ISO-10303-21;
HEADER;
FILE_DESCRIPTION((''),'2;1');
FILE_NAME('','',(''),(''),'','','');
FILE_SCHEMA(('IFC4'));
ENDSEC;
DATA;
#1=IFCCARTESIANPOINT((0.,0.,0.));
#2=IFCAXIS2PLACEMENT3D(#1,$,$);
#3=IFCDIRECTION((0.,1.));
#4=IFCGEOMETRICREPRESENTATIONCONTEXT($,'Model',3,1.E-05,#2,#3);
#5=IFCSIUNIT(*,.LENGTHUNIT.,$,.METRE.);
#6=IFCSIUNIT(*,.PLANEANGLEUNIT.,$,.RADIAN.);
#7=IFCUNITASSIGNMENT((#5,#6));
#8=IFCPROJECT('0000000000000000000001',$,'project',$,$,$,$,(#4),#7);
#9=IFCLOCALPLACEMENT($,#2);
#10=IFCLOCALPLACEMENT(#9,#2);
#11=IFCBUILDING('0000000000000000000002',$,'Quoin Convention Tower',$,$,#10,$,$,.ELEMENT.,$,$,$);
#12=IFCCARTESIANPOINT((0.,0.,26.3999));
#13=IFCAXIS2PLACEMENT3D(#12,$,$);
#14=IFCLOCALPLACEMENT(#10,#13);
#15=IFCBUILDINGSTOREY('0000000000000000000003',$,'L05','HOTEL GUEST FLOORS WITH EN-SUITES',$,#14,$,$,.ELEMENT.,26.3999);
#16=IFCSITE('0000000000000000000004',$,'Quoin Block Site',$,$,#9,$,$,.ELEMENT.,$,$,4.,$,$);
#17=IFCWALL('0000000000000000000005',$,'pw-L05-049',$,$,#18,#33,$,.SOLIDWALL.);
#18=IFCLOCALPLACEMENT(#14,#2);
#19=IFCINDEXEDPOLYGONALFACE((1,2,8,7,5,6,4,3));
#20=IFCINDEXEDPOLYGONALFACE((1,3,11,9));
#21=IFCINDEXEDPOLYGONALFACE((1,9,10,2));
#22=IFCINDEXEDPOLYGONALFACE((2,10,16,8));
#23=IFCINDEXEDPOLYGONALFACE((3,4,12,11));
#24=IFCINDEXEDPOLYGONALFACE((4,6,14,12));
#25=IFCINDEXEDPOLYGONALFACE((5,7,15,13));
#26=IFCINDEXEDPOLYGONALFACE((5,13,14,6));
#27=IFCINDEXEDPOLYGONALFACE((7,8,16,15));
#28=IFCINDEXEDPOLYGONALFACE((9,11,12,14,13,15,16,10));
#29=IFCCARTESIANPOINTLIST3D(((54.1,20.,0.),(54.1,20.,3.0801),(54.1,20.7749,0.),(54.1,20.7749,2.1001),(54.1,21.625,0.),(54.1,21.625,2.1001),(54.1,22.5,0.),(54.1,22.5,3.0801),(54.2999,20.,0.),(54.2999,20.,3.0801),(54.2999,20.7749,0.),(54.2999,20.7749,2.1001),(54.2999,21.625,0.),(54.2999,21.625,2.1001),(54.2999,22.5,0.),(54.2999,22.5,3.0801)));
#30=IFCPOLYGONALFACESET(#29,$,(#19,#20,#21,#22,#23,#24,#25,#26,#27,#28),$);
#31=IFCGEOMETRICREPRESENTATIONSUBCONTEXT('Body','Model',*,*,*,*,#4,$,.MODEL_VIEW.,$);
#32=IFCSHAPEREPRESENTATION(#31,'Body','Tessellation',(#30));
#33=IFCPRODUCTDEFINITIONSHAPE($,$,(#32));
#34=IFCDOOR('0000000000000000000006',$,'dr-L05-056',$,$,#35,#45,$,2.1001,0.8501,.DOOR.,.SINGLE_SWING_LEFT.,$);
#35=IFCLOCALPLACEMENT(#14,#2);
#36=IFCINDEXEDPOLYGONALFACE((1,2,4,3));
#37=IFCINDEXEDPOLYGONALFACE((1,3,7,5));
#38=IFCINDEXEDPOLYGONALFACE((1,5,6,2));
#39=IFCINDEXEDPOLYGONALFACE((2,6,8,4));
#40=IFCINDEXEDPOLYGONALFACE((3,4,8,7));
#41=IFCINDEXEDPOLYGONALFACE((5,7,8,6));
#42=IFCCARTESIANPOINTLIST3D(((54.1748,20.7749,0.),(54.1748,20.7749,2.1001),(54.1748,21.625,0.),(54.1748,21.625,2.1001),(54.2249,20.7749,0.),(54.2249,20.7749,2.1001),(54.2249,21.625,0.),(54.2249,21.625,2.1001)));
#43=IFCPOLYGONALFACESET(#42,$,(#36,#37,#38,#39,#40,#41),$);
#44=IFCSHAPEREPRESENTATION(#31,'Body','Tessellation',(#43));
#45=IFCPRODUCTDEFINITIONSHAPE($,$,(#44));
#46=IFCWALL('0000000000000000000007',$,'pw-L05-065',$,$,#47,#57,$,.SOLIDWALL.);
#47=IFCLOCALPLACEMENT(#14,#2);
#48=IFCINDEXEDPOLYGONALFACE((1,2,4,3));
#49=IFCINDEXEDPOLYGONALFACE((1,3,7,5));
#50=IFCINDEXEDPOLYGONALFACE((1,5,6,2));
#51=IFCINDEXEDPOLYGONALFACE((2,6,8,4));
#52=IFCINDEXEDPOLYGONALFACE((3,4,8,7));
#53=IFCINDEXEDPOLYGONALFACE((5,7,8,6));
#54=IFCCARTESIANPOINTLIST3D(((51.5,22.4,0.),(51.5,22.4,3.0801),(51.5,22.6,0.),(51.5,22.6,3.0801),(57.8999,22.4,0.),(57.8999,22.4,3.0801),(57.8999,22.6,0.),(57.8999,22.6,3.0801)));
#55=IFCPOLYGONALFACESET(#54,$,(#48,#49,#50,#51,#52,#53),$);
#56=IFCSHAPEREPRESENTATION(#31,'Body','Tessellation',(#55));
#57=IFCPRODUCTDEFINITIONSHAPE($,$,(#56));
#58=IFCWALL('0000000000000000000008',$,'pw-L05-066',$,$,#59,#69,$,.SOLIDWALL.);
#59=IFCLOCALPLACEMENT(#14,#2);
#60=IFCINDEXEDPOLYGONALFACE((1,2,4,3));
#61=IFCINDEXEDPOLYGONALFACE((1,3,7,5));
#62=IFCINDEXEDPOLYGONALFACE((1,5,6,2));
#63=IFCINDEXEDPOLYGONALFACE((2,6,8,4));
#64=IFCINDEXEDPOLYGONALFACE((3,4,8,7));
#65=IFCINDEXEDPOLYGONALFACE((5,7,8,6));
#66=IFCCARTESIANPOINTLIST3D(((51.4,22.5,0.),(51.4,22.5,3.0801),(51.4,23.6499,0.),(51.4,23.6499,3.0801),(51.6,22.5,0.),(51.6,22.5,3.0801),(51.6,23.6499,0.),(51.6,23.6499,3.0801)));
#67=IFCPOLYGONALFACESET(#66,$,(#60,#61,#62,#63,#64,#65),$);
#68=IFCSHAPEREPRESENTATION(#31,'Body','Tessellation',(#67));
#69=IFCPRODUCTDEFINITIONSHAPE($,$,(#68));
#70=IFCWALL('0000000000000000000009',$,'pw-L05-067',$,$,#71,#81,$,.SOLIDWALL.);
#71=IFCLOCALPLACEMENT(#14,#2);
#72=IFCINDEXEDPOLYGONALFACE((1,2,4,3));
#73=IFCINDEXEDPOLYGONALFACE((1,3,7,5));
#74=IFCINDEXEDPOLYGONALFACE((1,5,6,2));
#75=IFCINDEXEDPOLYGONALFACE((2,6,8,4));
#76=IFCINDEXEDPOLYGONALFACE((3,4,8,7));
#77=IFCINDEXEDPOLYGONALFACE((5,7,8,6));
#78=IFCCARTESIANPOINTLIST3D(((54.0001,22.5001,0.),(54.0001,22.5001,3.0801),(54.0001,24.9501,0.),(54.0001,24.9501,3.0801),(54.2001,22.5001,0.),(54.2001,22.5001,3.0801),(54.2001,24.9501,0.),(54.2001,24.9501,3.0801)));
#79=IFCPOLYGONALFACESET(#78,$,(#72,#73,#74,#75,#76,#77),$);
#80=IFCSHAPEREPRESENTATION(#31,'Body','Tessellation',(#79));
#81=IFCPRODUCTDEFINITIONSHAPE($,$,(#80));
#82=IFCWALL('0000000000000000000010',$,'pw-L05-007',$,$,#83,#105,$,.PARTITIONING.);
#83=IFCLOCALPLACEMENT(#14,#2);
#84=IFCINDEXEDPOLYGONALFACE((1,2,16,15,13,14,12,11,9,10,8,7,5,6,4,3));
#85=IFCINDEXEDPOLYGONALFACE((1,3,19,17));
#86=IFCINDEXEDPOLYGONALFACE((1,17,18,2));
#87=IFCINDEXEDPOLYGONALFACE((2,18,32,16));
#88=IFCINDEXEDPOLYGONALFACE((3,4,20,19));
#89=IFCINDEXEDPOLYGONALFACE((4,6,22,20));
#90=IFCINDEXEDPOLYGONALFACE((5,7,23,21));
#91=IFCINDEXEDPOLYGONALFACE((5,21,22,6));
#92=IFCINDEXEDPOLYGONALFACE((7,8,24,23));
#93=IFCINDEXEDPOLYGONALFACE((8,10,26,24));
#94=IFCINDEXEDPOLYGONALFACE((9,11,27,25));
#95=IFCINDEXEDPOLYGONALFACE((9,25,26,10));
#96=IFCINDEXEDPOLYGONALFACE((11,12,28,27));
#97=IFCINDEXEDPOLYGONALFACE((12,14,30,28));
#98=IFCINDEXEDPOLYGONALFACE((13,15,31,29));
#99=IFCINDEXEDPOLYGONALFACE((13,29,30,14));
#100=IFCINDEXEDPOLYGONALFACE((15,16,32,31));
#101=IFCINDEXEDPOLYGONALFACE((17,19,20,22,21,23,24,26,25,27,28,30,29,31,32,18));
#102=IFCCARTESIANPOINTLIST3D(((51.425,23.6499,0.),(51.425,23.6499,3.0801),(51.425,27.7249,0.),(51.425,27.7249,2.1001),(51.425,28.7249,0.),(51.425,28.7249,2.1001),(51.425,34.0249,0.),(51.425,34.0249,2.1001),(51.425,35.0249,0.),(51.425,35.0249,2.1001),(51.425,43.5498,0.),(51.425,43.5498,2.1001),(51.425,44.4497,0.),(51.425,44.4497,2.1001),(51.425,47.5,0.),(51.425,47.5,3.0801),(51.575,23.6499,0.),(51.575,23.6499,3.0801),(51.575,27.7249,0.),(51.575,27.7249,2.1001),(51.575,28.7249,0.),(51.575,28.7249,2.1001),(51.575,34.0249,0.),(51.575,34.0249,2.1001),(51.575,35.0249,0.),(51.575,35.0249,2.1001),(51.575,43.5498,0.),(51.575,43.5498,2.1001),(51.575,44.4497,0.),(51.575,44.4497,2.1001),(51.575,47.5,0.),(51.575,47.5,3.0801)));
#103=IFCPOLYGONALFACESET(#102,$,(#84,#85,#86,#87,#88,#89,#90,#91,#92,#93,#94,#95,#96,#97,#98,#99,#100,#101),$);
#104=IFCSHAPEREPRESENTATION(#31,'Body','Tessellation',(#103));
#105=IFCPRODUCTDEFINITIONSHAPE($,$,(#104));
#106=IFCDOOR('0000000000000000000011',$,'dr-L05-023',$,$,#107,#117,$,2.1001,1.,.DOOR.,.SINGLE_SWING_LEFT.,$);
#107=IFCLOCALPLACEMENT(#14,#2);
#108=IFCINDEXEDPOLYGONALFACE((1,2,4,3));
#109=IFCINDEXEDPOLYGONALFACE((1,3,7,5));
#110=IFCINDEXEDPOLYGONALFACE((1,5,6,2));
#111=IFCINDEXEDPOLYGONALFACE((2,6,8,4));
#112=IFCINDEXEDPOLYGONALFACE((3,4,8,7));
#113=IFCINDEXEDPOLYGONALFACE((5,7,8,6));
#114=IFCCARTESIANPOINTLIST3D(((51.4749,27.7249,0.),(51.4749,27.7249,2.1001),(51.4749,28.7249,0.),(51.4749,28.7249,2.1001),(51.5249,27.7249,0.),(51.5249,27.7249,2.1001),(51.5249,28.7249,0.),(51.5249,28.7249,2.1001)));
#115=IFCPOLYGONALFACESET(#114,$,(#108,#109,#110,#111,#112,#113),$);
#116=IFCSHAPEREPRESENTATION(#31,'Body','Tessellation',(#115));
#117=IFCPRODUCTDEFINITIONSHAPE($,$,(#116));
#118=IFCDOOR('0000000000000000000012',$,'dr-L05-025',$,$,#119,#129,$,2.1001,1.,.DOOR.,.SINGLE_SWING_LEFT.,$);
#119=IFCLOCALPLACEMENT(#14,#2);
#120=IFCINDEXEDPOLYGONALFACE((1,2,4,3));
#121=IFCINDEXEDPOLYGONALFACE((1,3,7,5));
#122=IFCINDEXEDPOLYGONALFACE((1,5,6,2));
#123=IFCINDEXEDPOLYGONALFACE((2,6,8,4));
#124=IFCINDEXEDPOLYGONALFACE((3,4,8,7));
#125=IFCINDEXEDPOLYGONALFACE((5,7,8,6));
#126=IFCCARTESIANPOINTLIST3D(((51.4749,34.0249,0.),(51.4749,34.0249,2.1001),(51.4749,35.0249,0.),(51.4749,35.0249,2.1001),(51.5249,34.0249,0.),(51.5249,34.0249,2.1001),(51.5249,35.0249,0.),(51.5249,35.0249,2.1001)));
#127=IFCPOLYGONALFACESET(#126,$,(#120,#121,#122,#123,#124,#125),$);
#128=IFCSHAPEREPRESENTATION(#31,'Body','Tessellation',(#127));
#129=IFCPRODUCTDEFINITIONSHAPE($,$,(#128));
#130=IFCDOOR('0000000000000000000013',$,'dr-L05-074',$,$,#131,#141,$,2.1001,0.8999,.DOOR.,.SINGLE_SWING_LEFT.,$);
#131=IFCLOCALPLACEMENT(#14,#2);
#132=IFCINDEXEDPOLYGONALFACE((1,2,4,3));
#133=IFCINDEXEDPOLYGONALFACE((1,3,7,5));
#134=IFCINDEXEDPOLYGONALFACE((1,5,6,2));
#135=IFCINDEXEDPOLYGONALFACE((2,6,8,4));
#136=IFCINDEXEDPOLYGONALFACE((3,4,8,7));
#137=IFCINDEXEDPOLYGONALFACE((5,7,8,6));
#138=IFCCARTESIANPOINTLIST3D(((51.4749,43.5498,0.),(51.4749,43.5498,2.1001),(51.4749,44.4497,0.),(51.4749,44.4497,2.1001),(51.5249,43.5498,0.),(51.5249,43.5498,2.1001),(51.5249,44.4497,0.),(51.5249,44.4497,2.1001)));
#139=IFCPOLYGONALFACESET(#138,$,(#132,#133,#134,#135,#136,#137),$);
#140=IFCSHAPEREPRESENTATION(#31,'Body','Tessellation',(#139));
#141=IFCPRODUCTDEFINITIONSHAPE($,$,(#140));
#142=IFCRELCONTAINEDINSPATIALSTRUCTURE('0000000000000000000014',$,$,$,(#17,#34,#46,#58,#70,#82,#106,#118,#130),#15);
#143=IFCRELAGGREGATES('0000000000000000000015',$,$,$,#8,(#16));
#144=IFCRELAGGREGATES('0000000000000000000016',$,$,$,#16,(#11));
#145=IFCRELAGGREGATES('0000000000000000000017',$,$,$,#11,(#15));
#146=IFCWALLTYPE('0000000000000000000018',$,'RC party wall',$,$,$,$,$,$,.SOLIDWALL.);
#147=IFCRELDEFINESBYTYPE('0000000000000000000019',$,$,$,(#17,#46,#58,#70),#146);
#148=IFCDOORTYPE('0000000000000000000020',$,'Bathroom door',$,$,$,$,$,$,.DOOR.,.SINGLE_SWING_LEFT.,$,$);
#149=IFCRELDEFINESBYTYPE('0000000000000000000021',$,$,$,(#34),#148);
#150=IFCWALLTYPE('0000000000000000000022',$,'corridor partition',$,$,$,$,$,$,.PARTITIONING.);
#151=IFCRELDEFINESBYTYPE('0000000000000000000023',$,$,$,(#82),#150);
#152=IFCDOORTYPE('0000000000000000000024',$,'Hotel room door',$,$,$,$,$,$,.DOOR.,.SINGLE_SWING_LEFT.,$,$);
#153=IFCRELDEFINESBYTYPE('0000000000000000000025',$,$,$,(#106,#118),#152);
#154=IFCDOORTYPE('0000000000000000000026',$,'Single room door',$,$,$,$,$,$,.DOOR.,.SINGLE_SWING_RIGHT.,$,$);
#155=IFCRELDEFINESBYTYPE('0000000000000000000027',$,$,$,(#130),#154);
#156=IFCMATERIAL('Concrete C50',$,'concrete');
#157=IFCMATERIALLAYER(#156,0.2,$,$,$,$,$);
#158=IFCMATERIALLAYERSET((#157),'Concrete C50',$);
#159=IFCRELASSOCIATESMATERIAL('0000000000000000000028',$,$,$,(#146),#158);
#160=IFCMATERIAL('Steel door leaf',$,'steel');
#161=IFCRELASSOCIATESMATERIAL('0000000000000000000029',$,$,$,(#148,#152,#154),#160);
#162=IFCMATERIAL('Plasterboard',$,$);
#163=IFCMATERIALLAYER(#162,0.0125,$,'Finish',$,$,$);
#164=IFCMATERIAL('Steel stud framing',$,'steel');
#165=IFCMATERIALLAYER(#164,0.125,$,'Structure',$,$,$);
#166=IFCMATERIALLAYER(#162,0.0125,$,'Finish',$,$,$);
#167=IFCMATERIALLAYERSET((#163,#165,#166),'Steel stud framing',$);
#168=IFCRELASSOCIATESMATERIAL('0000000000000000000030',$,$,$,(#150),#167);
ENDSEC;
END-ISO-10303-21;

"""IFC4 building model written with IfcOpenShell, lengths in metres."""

from ifc_helpers import new_model, si_unit, direction, frame, frame_2d, origin, place, context, subcontext, project, spatial, rectangle, extrude, material, layer, layer_set, type_object, element, fill, save


model = new_model("IFC4")

# Units and contexts
model_context = context("Model", 3, precision=1e-05, world=origin(), true_north=direction((0.0, 1.0)))
body_context = subcontext(model_context, "Body", "Model", "MODEL_VIEW")
ifc_project = project(units=[si_unit("LENGTHUNIT", "METRE"), si_unit("PLANEANGLEUNIT", "RADIAN")], contexts=[model_context])

# Site, building, storey
site_placement = place(None, origin())
site = spatial("IfcSite", under=ifc_project, at=site_placement, Name="Quoin Block Site", CompositionType="ELEMENT", RefElevation=4.0)
building_placement = place(site_placement, origin())
building = spatial("IfcBuilding", under=site, at=building_placement, Name="Quoin Convention Tower", CompositionType="ELEMENT")
storey_placement = place(building_placement, frame((0.0, 0.0, 26.3999)))
storey = spatial("IfcBuildingStorey", under=building, at=storey_placement, Name="L05", Description="HOTEL GUEST FLOORS WITH EN-SUITES", CompositionType="ELEMENT", Elevation=26.3999)

# Shared definitions
ifc_material_1 = material(Name="Concrete C50", Category="concrete")
ifc_layer_1 = layer(ifc_material_1, 0.2)
ifc_layer_set_1 = layer_set([ifc_layer_1], Name="Concrete C50")
wall_type_1 = type_object("IfcWallType", Name="RC party wall", PredefinedType="SOLIDWALL", material=ifc_layer_set_1)

# Wall, opening, door
wall_1_placement = place(storey_placement, frame((54.2, 20.0, 0.0), z_axis=(0.0, 0.0, 1.0), x_axis=(0.0, 1.0, 0.0)))
wall_1 = element("IfcWall", 1, at=wall_1_placement, inside=storey, type_object=wall_type_1, Name="pw-L05-049", PredefinedType="SOLIDWALL", context=body_context, shape_type="SweptSolid", body=[
    extrude(rectangle(XDim=2.5, YDim=0.2, at=frame_2d((1.25, 0.0))), origin(), (0.0, 0.0, 1.0), 3.0801),
])
opening_1_placement = place(wall_1_placement, frame((0.7749, 0.0, 0.0)))
opening_1 = element("IfcOpeningElement", 2, at=opening_1_placement, cuts=wall_1, PredefinedType="OPENING", context=body_context, shape_type="SweptSolid", body=[
    extrude(rectangle(XDim=0.8501, YDim=2.1001, at=frame_2d((0.425, 1.05))), frame((0.0, 0.1099, 0.0), z_axis=(0.0, -1.0, 0.0), x_axis=(1.0, 0.0, 0.0)), (0.0, 0.0, 1.0), 0.22),
])
ifc_material_2 = material(Name="Steel door leaf", Category="steel")
door_type_1 = type_object("IfcDoorType", Name="Bathroom door", OperationType="SINGLE_SWING_LEFT", PredefinedType="DOOR", material=ifc_material_2)
door_1_placement = place(opening_1_placement, frame((0.8501, 0.0, 0.0), z_axis=(0.0, 0.0, 1.0), x_axis=(-1.0, 0.0, 0.0)))
door_1 = element("IfcDoor", 3, at=door_1_placement, inside=storey, type_object=door_type_1, Name="dr-L05-056", OperationType="SINGLE_SWING_LEFT", OverallHeight=2.1001, OverallWidth=0.8501, PredefinedType="DOOR", context=body_context, shape_type="SweptSolid", body=[
    extrude(rectangle(XDim=0.8501, YDim=2.1001, at=frame_2d((0.425, 1.05))), frame((0.0, 0.0249, 0.0), z_axis=(0.0, -1.0, 0.0), x_axis=(1.0, 0.0, 0.0)), (0.0, 0.0, 1.0), 0.05),
])
fill(opening_1, door_1)

# Walls
wall_2_placement = place(storey_placement, frame((51.5, 22.5, 0.0), z_axis=(0.0, 0.0, 1.0), x_axis=(1.0, 0.0, 0.0)))
element("IfcWall", 4, at=wall_2_placement, inside=storey, type_object=wall_type_1, Name="pw-L05-065", PredefinedType="SOLIDWALL", context=body_context, shape_type="SweptSolid", body=[
    extrude(rectangle(XDim=6.3999, YDim=0.2, at=frame_2d((3.2, 0.0))), origin(), (0.0, 0.0, 1.0), 3.0801),
])
wall_3_placement = place(storey_placement, frame((51.5, 22.5, 0.0), z_axis=(0.0, 0.0, 1.0), x_axis=(0.0, 1.0, 0.0)))
element("IfcWall", 5, at=wall_3_placement, inside=storey, type_object=wall_type_1, Name="pw-L05-066", PredefinedType="SOLIDWALL", context=body_context, shape_type="SweptSolid", body=[
    extrude(rectangle(XDim=1.1499, YDim=0.2, at=frame_2d((0.575, 0.0))), origin(), (0.0, 0.0, 1.0), 3.0801),
])
wall_4_placement = place(storey_placement, frame((54.1001, 22.5, 0.0), z_axis=(0.0, 0.0, 1.0), x_axis=(0.0, 1.0, 0.0)))
element("IfcWall", 6, at=wall_4_placement, inside=storey, type_object=wall_type_1, Name="pw-L05-067", PredefinedType="SOLIDWALL", context=body_context, shape_type="SweptSolid", body=[
    extrude(rectangle(XDim=2.45, YDim=0.2, at=frame_2d((1.2251, 0.0))), origin(), (0.0, 0.0, 1.0), 3.0801),
])

# Wall, openings, doors
ifc_material_3 = material(Name="Plasterboard")
ifc_layer_2 = layer(ifc_material_3, 0.0125, Name="Finish")
ifc_material_4 = material(Name="Steel stud framing", Category="steel")
ifc_layer_3 = layer(ifc_material_4, 0.125, Name="Structure")
ifc_layer_4 = layer(ifc_material_3, 0.0125, Name="Finish")
ifc_layer_set_2 = layer_set([ifc_layer_2, ifc_layer_3, ifc_layer_4], Name="Steel stud framing")
wall_type_2 = type_object("IfcWallType", Name="corridor partition", PredefinedType="PARTITIONING", material=ifc_layer_set_2)
wall_5_placement = place(storey_placement, frame((51.5, 23.6499, 0.0), z_axis=(0.0, 0.0, 1.0), x_axis=(0.0, 1.0, 0.0)))
wall_5 = element("IfcWall", 7, at=wall_5_placement, inside=storey, type_object=wall_type_2, Name="pw-L05-007", PredefinedType="PARTITIONING", context=body_context, shape_type="SweptSolid", body=[
    extrude(rectangle(XDim=23.8501, YDim=0.1499, at=frame_2d((11.925, 0.0))), origin(), (0.0, 0.0, 1.0), 3.0801),
])
opening_2_placement = place(wall_5_placement, frame((4.075, 0.0, 0.0)))
opening_2 = element("IfcOpeningElement", 8, at=opening_2_placement, cuts=wall_5, PredefinedType="OPENING", context=body_context, shape_type="SweptSolid", body=[
    extrude(rectangle(XDim=1.0, YDim=2.1001, at=frame_2d((0.5, 1.05))), frame((0.0, 0.085, 0.0), z_axis=(0.0, -1.0, 0.0), x_axis=(1.0, 0.0, 0.0)), (0.0, 0.0, 1.0), 0.1699),
])
opening_3_placement = place(wall_5_placement, frame((10.375, 0.0, 0.0)))
opening_3 = element("IfcOpeningElement", 9, at=opening_3_placement, cuts=wall_5, PredefinedType="OPENING", context=body_context, shape_type="SweptSolid", body=[
    extrude(rectangle(XDim=1.0, YDim=2.1001, at=frame_2d((0.5, 1.05))), frame((0.0, 0.085, 0.0), z_axis=(0.0, -1.0, 0.0), x_axis=(1.0, 0.0, 0.0)), (0.0, 0.0, 1.0), 0.1699),
])
opening_4_placement = place(wall_5_placement, frame((19.8999, 0.0, 0.0)))
opening_4 = element("IfcOpeningElement", 10, at=opening_4_placement, cuts=wall_5, PredefinedType="OPENING", context=body_context, shape_type="SweptSolid", body=[
    extrude(rectangle(XDim=0.8999, YDim=2.1001, at=frame_2d((0.45, 1.05))), frame((0.0, 0.085, 0.0), z_axis=(0.0, -1.0, 0.0), x_axis=(1.0, 0.0, 0.0)), (0.0, 0.0, 1.0), 0.1699),
])
door_type_2 = type_object("IfcDoorType", Name="Hotel room door", OperationType="SINGLE_SWING_LEFT", PredefinedType="DOOR", material=ifc_material_2)
door_2_placement = place(opening_2_placement, frame((1.0, 0.0, 0.0), z_axis=(0.0, 0.0, 1.0), x_axis=(-1.0, 0.0, 0.0)))
door_2 = element("IfcDoor", 11, at=door_2_placement, inside=storey, type_object=door_type_2, Name="dr-L05-023", OperationType="SINGLE_SWING_LEFT", OverallHeight=2.1001, OverallWidth=1.0, PredefinedType="DOOR", context=body_context, shape_type="SweptSolid", body=[
    extrude(rectangle(XDim=1.0, YDim=2.1001, at=frame_2d((0.5, 1.05))), frame((0.0, 0.0249, 0.0), z_axis=(0.0, -1.0, 0.0), x_axis=(1.0, 0.0, 0.0)), (0.0, 0.0, 1.0), 0.05),
])
fill(opening_2, door_2)
door_3_placement = place(opening_3_placement, frame((1.0, 0.0, 0.0), z_axis=(0.0, 0.0, 1.0), x_axis=(-1.0, 0.0, 0.0)))
door_3 = element("IfcDoor", 12, at=door_3_placement, inside=storey, type_object=door_type_2, Name="dr-L05-025", OperationType="SINGLE_SWING_LEFT", OverallHeight=2.1001, OverallWidth=1.0, PredefinedType="DOOR", context=body_context, shape_type="SweptSolid", body=[
    extrude(rectangle(XDim=1.0, YDim=2.1001, at=frame_2d((0.5, 1.05))), frame((0.0, 0.0249, 0.0), z_axis=(0.0, -1.0, 0.0), x_axis=(1.0, 0.0, 0.0)), (0.0, 0.0, 1.0), 0.05),
])
fill(opening_3, door_3)
door_type_3 = type_object("IfcDoorType", Name="Single room door", OperationType="SINGLE_SWING_RIGHT", PredefinedType="DOOR", material=ifc_material_2)
door_4_placement = place(opening_4_placement, frame((0.8999, 0.0, 0.0), z_axis=(0.0, 0.0, 1.0), x_axis=(-1.0, 0.0, 0.0)))
door_4 = element("IfcDoor", 13, at=door_4_placement, inside=storey, type_object=door_type_3, Name="dr-L05-074", OperationType="SINGLE_SWING_LEFT", OverallHeight=2.1001, OverallWidth=0.8999, PredefinedType="DOOR", context=body_context, shape_type="SweptSolid", body=[
    extrude(rectangle(XDim=0.8999, YDim=2.1001, at=frame_2d((0.45, 1.05))), frame((0.0, 0.0249, 0.0), z_axis=(0.0, -1.0, 0.0), x_axis=(1.0, 0.0, 0.0)), (0.0, 0.0, 1.0), 0.05),
])
fill(opening_4, door_4)

save(model, "model.ifc")
